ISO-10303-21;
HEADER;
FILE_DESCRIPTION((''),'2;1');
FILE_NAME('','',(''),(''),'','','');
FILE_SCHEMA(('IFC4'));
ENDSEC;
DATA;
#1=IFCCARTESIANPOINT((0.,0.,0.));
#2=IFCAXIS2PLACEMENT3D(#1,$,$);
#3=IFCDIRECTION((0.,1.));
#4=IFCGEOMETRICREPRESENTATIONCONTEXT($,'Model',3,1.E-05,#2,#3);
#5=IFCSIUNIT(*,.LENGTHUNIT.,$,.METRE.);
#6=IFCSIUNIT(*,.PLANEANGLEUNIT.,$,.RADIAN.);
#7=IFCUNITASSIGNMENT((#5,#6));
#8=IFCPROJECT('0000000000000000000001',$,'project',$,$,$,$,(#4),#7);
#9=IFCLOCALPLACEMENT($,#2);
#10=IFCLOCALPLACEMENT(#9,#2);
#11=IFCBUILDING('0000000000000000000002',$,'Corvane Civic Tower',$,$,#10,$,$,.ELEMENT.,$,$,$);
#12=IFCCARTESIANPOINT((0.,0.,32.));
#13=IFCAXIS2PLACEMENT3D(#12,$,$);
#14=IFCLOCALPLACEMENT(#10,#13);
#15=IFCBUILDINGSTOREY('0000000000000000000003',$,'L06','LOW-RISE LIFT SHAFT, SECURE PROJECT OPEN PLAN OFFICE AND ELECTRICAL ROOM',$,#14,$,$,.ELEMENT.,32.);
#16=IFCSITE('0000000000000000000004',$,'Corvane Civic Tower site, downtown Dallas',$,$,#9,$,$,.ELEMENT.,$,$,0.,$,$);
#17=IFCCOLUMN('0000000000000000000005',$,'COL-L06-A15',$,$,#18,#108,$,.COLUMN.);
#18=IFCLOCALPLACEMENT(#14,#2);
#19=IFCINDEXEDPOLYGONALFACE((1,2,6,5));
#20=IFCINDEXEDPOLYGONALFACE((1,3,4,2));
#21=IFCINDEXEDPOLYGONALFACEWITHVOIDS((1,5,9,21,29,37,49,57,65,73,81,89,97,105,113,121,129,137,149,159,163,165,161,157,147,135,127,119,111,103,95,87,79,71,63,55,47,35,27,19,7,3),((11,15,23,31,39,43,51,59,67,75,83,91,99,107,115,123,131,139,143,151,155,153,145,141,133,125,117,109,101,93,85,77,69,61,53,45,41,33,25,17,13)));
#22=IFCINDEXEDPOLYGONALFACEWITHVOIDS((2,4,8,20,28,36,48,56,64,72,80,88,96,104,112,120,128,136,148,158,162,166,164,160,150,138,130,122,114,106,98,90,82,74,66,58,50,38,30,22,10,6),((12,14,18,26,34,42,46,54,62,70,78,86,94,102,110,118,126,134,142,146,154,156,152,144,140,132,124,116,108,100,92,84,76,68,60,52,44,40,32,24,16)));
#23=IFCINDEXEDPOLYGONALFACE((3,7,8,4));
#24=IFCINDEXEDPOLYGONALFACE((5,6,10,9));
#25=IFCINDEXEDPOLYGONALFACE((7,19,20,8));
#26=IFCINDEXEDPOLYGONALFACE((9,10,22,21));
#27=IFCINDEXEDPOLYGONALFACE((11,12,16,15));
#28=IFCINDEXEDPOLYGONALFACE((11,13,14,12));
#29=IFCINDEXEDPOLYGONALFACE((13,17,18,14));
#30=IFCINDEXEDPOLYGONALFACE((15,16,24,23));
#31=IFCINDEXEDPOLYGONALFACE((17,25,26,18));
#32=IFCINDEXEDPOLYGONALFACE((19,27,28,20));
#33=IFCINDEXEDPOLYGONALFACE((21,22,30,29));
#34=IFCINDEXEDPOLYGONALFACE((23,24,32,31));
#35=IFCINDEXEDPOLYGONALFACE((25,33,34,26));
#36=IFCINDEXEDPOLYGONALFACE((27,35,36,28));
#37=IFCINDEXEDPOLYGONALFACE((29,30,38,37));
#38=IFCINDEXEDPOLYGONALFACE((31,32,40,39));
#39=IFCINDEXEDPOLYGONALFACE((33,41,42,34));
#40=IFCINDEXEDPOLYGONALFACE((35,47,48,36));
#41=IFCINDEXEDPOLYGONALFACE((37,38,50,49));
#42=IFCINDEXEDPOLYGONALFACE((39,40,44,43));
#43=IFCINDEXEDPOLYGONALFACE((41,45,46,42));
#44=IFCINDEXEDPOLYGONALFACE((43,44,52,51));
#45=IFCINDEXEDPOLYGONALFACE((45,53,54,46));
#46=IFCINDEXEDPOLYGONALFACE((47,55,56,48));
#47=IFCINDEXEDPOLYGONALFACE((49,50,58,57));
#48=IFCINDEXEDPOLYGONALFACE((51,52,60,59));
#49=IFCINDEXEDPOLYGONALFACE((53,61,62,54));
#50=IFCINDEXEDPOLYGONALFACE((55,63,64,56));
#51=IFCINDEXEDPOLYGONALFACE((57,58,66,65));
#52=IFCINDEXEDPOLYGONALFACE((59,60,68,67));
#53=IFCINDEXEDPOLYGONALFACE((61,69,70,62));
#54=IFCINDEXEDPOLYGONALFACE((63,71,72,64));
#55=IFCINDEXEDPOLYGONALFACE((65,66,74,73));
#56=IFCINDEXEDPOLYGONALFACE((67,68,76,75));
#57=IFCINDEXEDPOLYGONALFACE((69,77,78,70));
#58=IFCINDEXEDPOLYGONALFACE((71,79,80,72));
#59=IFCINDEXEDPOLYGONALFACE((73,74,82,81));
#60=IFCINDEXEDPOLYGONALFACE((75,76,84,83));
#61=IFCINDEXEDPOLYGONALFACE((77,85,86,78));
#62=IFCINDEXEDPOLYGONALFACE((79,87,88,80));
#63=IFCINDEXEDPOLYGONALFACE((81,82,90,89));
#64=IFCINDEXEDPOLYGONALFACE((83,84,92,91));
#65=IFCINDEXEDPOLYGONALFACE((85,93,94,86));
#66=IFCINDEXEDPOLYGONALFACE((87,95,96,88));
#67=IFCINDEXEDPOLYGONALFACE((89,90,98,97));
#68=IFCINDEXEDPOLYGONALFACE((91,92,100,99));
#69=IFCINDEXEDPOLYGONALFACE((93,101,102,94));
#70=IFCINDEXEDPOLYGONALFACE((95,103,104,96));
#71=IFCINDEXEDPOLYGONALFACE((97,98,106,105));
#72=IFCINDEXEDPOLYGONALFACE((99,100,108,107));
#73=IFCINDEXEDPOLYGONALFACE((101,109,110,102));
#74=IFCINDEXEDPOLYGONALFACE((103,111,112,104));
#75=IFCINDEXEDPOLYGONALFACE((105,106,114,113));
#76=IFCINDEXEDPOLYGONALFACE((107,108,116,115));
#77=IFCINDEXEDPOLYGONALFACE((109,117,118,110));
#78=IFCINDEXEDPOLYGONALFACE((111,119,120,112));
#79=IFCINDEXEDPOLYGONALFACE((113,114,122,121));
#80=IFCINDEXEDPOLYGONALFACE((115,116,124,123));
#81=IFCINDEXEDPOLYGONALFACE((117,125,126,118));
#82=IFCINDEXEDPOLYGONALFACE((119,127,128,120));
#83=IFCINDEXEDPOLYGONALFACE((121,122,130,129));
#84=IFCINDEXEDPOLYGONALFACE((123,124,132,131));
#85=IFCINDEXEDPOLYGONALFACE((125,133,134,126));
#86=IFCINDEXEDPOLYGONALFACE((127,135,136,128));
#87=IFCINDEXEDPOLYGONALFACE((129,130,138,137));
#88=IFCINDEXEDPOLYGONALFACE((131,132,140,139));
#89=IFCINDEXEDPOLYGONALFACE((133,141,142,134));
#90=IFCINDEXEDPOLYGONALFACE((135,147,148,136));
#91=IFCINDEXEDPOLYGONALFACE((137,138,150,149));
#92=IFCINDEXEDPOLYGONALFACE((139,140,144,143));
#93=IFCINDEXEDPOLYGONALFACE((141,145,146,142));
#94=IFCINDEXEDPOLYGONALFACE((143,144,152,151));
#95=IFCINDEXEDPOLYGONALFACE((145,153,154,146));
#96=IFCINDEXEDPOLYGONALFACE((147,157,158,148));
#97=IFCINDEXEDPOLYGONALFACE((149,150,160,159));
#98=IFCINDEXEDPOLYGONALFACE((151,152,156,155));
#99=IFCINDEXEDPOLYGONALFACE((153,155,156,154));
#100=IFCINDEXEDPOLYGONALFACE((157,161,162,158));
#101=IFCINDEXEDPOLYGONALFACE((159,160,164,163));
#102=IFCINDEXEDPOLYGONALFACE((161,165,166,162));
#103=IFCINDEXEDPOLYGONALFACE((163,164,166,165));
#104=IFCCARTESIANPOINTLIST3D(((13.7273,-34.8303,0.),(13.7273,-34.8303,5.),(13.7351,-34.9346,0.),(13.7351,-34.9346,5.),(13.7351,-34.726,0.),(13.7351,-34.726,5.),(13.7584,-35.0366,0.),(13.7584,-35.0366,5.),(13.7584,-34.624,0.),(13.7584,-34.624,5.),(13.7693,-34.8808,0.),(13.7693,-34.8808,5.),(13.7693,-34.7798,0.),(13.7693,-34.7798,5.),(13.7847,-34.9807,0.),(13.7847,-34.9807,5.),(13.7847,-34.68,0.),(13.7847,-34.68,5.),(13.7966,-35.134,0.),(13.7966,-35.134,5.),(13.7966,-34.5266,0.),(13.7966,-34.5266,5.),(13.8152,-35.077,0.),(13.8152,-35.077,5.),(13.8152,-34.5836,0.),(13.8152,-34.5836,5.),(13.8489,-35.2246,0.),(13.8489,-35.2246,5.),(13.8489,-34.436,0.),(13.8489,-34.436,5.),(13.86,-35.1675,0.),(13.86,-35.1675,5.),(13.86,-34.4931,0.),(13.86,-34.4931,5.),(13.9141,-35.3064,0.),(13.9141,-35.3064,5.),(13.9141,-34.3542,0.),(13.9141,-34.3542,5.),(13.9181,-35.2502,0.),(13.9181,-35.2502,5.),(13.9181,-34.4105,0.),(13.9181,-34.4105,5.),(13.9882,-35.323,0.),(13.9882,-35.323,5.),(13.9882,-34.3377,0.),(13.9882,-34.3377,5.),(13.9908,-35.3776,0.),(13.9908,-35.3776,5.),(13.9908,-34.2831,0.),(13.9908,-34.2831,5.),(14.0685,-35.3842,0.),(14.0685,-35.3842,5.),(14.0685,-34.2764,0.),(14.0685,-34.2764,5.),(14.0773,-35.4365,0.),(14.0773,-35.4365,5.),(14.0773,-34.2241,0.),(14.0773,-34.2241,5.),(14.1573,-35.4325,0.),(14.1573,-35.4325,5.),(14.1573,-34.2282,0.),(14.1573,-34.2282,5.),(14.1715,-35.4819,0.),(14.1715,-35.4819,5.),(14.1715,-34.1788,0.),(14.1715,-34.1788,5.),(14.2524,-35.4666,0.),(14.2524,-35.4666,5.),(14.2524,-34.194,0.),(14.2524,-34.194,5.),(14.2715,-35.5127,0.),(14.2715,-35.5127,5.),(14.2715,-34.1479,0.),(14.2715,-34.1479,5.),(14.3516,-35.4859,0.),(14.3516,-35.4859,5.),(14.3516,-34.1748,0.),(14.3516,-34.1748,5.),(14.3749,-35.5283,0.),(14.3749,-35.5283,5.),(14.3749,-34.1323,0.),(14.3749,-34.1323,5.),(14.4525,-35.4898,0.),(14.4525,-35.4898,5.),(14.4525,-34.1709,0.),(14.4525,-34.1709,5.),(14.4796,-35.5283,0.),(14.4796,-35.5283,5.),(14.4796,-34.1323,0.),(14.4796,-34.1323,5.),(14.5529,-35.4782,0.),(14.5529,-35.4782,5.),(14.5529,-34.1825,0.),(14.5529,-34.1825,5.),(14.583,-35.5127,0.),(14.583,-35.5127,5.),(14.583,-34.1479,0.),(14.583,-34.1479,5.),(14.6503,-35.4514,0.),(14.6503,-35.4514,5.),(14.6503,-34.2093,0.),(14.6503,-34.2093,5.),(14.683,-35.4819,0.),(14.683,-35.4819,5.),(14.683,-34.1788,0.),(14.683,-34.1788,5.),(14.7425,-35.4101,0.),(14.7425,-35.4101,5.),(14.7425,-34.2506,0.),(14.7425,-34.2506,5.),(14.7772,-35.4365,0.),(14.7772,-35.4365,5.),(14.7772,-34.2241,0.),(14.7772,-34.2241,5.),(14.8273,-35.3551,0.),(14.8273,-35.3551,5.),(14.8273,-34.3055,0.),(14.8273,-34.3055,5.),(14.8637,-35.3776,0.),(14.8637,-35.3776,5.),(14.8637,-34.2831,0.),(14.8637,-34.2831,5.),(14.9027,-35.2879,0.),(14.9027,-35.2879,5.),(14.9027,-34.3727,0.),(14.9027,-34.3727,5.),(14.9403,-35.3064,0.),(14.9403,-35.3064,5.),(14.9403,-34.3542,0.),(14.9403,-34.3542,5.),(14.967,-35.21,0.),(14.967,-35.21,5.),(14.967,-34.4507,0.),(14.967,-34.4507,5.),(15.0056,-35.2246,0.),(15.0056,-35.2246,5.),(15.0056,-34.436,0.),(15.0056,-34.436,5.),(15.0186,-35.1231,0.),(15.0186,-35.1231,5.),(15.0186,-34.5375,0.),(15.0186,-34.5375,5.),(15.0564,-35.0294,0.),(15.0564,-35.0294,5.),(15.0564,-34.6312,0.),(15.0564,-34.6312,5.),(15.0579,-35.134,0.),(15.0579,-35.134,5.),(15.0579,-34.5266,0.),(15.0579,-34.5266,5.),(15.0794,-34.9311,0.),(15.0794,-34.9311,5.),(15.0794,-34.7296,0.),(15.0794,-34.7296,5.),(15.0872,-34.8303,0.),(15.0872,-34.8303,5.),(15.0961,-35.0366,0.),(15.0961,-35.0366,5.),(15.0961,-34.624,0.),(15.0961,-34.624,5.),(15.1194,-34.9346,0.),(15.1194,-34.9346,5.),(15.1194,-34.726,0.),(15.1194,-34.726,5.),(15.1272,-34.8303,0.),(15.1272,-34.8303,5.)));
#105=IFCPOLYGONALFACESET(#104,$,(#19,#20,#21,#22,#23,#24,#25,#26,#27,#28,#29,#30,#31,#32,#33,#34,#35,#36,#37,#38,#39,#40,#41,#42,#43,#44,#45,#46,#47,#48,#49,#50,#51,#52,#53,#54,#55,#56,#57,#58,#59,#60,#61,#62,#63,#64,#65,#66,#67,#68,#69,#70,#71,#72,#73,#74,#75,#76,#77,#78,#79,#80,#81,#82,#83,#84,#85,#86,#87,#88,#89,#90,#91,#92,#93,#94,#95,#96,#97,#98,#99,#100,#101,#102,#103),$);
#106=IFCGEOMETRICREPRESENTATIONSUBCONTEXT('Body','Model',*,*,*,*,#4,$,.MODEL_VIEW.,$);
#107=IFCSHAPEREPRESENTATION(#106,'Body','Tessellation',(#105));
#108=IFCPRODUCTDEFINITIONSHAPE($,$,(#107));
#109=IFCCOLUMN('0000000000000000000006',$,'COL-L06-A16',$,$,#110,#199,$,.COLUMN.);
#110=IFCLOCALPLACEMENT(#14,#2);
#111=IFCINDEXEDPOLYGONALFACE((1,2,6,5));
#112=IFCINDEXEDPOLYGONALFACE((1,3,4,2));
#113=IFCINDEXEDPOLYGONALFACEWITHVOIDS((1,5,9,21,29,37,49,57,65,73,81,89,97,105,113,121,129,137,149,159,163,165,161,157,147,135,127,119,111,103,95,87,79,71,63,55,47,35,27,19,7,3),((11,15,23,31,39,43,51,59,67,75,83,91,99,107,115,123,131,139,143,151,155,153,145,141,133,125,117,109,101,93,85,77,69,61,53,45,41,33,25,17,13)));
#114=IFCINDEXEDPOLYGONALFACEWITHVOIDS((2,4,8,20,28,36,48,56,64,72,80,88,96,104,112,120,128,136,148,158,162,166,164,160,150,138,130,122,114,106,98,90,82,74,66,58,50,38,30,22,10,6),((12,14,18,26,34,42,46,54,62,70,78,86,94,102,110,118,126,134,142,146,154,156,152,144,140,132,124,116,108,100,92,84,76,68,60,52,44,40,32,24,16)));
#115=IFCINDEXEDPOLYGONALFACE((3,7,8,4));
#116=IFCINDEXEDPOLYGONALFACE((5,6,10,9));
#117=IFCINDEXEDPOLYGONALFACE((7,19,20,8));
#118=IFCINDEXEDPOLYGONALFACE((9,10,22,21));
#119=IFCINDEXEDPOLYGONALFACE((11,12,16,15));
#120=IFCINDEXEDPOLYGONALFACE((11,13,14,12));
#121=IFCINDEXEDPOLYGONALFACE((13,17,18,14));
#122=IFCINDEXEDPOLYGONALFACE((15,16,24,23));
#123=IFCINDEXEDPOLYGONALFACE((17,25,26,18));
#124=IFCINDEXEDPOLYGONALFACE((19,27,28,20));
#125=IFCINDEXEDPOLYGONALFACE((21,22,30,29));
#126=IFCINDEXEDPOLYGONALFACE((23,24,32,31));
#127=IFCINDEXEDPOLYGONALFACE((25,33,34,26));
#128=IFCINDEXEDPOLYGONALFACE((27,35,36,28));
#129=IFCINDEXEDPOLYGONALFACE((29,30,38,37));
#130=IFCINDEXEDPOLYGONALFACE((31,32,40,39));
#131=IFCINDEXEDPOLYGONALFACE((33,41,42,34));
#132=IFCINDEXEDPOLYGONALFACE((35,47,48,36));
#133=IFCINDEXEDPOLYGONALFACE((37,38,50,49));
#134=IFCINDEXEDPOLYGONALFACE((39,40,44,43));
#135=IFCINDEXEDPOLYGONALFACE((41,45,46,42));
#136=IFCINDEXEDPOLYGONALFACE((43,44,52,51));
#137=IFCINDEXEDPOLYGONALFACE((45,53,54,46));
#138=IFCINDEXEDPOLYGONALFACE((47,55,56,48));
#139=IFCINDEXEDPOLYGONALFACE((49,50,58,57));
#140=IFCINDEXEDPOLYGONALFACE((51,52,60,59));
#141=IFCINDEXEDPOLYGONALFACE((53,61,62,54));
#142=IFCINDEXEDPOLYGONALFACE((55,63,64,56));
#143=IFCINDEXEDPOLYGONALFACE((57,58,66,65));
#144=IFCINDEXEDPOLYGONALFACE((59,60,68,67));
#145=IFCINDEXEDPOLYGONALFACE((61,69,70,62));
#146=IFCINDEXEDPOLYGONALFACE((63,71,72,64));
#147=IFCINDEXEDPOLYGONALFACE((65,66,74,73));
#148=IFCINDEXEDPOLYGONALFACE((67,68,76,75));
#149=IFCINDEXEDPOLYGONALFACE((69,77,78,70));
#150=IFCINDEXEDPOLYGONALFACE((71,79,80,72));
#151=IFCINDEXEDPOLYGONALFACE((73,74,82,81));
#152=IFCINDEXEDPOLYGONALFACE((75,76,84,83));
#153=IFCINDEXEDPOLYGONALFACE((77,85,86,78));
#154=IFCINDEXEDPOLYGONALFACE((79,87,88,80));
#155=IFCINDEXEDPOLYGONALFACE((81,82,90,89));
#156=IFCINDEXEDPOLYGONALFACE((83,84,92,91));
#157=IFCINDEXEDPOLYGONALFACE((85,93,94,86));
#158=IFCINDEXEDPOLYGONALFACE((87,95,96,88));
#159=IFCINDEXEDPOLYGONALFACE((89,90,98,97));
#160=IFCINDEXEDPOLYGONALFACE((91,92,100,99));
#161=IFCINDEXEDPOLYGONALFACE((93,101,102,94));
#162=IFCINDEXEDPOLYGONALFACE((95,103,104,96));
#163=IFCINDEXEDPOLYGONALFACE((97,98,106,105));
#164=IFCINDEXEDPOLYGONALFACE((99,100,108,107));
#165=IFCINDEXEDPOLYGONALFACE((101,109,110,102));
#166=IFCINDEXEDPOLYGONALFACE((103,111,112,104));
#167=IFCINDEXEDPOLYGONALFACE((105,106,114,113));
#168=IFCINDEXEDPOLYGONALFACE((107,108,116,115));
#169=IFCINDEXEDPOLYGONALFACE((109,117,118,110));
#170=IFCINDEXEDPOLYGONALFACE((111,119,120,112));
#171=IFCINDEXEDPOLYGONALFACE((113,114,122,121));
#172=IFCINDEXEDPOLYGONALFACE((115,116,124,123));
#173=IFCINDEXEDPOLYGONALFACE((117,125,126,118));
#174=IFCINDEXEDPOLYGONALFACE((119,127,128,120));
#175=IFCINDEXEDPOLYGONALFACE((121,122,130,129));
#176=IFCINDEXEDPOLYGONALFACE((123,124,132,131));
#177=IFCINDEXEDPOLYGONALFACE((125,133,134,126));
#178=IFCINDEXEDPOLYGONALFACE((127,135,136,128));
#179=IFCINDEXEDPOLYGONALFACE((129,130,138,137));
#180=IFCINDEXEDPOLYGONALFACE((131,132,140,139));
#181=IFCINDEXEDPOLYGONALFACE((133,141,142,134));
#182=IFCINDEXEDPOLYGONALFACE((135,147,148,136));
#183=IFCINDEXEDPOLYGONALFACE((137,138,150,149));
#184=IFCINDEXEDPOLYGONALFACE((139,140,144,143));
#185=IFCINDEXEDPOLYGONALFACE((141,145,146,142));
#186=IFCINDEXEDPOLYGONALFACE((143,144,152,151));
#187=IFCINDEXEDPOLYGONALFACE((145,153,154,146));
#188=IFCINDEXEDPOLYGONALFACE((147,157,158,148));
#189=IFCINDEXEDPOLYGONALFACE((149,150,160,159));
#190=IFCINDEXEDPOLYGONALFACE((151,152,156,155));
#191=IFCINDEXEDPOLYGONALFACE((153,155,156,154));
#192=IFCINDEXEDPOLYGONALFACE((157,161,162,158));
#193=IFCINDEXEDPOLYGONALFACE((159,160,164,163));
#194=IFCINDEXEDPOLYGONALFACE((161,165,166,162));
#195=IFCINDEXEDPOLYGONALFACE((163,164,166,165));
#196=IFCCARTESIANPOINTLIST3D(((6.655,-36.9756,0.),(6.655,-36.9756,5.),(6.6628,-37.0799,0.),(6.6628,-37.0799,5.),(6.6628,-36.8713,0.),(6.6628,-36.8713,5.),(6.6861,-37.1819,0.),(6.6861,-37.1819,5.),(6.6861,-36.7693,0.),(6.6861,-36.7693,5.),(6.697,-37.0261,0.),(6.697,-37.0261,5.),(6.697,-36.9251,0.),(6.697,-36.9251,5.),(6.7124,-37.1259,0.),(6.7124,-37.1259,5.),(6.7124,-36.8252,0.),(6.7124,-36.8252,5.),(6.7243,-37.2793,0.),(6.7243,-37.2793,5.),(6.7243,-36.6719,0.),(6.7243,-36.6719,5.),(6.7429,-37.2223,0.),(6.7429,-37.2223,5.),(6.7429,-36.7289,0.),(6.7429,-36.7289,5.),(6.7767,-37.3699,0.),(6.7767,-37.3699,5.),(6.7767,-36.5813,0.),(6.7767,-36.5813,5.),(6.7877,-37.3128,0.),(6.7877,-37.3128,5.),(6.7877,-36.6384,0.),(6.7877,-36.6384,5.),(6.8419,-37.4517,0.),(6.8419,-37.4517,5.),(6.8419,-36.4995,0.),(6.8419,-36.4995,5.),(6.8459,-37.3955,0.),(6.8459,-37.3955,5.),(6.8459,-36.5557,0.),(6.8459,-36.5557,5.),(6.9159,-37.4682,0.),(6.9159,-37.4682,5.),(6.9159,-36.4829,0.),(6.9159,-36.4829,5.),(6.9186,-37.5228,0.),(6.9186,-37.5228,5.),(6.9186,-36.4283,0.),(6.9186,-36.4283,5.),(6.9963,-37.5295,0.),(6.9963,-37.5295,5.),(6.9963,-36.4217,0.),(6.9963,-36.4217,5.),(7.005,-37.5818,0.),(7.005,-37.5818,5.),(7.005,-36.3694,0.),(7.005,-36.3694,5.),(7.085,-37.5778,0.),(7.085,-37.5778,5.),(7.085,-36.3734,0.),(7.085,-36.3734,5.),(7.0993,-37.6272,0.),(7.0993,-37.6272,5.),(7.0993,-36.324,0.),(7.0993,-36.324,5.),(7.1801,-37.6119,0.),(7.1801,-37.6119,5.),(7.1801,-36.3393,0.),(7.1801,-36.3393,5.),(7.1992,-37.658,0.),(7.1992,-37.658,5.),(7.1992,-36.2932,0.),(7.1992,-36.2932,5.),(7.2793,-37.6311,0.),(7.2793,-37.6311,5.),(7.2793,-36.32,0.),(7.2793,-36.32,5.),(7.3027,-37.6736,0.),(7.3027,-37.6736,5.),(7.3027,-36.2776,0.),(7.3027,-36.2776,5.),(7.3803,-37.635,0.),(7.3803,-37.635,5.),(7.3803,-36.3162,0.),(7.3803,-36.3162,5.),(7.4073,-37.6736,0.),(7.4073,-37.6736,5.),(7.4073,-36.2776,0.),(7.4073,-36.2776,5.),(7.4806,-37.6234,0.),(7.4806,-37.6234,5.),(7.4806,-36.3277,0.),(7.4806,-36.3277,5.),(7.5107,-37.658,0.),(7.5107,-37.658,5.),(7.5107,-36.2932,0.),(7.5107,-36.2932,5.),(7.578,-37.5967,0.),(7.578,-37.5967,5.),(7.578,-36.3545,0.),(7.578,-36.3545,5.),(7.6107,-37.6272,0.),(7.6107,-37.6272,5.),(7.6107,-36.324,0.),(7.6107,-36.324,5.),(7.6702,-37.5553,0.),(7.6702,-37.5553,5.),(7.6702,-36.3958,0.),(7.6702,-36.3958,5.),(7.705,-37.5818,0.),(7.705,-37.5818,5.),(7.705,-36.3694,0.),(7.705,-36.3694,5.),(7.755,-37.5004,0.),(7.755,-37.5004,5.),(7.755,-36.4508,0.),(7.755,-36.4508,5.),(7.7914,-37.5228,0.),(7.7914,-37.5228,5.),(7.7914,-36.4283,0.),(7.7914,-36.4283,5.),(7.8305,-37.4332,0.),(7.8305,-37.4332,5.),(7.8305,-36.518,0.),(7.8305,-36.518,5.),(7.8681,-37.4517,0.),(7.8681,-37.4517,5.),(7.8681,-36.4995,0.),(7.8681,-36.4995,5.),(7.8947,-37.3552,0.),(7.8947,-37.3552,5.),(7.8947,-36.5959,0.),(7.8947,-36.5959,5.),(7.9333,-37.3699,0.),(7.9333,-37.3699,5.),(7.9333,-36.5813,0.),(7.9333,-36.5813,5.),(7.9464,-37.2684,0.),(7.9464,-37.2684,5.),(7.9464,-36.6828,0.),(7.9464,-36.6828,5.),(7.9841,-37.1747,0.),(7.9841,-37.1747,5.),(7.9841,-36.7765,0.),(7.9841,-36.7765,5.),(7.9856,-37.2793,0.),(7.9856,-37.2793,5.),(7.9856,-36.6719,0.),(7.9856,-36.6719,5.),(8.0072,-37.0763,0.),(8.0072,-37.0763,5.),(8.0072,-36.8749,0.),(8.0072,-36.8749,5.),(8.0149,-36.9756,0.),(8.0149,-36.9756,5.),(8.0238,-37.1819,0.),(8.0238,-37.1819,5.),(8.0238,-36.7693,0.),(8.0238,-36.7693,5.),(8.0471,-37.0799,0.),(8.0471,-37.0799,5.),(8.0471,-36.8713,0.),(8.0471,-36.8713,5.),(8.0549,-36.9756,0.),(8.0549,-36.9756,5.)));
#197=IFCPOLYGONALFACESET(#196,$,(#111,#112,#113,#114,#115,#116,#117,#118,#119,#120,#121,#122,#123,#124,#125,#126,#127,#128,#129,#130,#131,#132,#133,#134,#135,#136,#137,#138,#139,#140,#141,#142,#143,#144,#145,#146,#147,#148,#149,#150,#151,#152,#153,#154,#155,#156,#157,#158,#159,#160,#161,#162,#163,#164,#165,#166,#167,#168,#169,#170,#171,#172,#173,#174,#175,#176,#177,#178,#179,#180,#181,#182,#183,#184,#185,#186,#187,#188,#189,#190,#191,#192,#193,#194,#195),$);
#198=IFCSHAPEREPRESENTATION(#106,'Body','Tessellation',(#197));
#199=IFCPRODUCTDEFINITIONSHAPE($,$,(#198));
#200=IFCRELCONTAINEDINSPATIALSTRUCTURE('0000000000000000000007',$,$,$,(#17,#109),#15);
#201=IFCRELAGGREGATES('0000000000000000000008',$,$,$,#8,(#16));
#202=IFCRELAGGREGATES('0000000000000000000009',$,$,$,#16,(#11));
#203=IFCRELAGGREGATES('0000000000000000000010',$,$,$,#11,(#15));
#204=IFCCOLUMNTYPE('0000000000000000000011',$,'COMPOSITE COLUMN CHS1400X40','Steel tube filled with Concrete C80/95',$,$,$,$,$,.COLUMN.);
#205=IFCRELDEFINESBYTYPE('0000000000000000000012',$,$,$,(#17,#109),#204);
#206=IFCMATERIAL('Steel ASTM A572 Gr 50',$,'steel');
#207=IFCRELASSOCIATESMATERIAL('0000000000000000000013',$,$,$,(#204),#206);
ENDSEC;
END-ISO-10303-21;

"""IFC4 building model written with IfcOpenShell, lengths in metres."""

from ifc_helpers import new_model, si_unit, direction, frame, origin, origin_2d, place, context, subcontext, project, spatial, hollow_circle, extrude, material, material_profile, profile_set, type_object, element, save


model = new_model("IFC4")

# Units and contexts
model_context = context("Model", 3, precision=1e-05, world=origin(), true_north=direction((0.0, 1.0)))
body_context = subcontext(model_context, "Body", "Model", "MODEL_VIEW")
ifc_project = project(units=[si_unit("LENGTHUNIT", "METRE"), si_unit("PLANEANGLEUNIT", "RADIAN")], contexts=[model_context])

# Site, building, storey
site_placement = place(None, origin())
site = spatial("IfcSite", under=ifc_project, at=site_placement, Name="Corvane Civic Tower site, downtown Dallas", CompositionType="ELEMENT", RefElevation=0.0)
building_placement = place(site_placement, origin())
building = spatial("IfcBuilding", under=site, at=building_placement, Name="Corvane Civic Tower", CompositionType="ELEMENT")
storey_placement = place(building_placement, frame((0.0, 0.0, 32.0)))
storey = spatial("IfcBuildingStorey", under=building, at=storey_placement, Name="L06", Description="LOW-RISE LIFT SHAFT, SECURE PROJECT OPEN PLAN OFFICE AND ELECTRICAL ROOM", CompositionType="ELEMENT", Elevation=32.0)

# Columns
ifc_material_1 = material(Name="Steel ASTM A572 Gr 50", Category="steel")
ifc_material_profile_1 = material_profile(ifc_material_1, hollow_circle(Radius=0.7, WallThickness=0.04, at=origin_2d()), Name="CHS1400X40")
ifc_profile_set_1 = profile_set([ifc_material_profile_1], Name="Steel ASTM A572 Gr 50")
column_type_1 = type_object("IfcColumnType", Name="COMPOSITE COLUMN CHS1400X40", Description="Steel tube filled with Concrete C80/95", PredefinedType="COLUMN", material=ifc_profile_set_1)
for number, where, z_axis, x_axis, name in (
    (1, (14.4272, -34.8303, 0.0), (0.0, 0.0, 1.0), (1.0, 0.0, 0.0), "COL-L06-A15"),
    (2, (7.355, -36.9756, 0.0), (0.0, 0.0, 1.0), (1.0, 0.0, 0.0), "COL-L06-A16"),
):
    element("IfcColumn", number, at=place(storey_placement, frame(where, z_axis=z_axis, x_axis=x_axis)), inside=storey, type_object=column_type_1, Name=name, PredefinedType="COLUMN", context=body_context, shape_type="SweptSolid", body=[
        extrude(hollow_circle(Radius=0.7, WallThickness=0.04, at=origin_2d()), origin(), (0.0, 0.0, 1.0), 5.0),
    ])

save(model, "model.ifc")
